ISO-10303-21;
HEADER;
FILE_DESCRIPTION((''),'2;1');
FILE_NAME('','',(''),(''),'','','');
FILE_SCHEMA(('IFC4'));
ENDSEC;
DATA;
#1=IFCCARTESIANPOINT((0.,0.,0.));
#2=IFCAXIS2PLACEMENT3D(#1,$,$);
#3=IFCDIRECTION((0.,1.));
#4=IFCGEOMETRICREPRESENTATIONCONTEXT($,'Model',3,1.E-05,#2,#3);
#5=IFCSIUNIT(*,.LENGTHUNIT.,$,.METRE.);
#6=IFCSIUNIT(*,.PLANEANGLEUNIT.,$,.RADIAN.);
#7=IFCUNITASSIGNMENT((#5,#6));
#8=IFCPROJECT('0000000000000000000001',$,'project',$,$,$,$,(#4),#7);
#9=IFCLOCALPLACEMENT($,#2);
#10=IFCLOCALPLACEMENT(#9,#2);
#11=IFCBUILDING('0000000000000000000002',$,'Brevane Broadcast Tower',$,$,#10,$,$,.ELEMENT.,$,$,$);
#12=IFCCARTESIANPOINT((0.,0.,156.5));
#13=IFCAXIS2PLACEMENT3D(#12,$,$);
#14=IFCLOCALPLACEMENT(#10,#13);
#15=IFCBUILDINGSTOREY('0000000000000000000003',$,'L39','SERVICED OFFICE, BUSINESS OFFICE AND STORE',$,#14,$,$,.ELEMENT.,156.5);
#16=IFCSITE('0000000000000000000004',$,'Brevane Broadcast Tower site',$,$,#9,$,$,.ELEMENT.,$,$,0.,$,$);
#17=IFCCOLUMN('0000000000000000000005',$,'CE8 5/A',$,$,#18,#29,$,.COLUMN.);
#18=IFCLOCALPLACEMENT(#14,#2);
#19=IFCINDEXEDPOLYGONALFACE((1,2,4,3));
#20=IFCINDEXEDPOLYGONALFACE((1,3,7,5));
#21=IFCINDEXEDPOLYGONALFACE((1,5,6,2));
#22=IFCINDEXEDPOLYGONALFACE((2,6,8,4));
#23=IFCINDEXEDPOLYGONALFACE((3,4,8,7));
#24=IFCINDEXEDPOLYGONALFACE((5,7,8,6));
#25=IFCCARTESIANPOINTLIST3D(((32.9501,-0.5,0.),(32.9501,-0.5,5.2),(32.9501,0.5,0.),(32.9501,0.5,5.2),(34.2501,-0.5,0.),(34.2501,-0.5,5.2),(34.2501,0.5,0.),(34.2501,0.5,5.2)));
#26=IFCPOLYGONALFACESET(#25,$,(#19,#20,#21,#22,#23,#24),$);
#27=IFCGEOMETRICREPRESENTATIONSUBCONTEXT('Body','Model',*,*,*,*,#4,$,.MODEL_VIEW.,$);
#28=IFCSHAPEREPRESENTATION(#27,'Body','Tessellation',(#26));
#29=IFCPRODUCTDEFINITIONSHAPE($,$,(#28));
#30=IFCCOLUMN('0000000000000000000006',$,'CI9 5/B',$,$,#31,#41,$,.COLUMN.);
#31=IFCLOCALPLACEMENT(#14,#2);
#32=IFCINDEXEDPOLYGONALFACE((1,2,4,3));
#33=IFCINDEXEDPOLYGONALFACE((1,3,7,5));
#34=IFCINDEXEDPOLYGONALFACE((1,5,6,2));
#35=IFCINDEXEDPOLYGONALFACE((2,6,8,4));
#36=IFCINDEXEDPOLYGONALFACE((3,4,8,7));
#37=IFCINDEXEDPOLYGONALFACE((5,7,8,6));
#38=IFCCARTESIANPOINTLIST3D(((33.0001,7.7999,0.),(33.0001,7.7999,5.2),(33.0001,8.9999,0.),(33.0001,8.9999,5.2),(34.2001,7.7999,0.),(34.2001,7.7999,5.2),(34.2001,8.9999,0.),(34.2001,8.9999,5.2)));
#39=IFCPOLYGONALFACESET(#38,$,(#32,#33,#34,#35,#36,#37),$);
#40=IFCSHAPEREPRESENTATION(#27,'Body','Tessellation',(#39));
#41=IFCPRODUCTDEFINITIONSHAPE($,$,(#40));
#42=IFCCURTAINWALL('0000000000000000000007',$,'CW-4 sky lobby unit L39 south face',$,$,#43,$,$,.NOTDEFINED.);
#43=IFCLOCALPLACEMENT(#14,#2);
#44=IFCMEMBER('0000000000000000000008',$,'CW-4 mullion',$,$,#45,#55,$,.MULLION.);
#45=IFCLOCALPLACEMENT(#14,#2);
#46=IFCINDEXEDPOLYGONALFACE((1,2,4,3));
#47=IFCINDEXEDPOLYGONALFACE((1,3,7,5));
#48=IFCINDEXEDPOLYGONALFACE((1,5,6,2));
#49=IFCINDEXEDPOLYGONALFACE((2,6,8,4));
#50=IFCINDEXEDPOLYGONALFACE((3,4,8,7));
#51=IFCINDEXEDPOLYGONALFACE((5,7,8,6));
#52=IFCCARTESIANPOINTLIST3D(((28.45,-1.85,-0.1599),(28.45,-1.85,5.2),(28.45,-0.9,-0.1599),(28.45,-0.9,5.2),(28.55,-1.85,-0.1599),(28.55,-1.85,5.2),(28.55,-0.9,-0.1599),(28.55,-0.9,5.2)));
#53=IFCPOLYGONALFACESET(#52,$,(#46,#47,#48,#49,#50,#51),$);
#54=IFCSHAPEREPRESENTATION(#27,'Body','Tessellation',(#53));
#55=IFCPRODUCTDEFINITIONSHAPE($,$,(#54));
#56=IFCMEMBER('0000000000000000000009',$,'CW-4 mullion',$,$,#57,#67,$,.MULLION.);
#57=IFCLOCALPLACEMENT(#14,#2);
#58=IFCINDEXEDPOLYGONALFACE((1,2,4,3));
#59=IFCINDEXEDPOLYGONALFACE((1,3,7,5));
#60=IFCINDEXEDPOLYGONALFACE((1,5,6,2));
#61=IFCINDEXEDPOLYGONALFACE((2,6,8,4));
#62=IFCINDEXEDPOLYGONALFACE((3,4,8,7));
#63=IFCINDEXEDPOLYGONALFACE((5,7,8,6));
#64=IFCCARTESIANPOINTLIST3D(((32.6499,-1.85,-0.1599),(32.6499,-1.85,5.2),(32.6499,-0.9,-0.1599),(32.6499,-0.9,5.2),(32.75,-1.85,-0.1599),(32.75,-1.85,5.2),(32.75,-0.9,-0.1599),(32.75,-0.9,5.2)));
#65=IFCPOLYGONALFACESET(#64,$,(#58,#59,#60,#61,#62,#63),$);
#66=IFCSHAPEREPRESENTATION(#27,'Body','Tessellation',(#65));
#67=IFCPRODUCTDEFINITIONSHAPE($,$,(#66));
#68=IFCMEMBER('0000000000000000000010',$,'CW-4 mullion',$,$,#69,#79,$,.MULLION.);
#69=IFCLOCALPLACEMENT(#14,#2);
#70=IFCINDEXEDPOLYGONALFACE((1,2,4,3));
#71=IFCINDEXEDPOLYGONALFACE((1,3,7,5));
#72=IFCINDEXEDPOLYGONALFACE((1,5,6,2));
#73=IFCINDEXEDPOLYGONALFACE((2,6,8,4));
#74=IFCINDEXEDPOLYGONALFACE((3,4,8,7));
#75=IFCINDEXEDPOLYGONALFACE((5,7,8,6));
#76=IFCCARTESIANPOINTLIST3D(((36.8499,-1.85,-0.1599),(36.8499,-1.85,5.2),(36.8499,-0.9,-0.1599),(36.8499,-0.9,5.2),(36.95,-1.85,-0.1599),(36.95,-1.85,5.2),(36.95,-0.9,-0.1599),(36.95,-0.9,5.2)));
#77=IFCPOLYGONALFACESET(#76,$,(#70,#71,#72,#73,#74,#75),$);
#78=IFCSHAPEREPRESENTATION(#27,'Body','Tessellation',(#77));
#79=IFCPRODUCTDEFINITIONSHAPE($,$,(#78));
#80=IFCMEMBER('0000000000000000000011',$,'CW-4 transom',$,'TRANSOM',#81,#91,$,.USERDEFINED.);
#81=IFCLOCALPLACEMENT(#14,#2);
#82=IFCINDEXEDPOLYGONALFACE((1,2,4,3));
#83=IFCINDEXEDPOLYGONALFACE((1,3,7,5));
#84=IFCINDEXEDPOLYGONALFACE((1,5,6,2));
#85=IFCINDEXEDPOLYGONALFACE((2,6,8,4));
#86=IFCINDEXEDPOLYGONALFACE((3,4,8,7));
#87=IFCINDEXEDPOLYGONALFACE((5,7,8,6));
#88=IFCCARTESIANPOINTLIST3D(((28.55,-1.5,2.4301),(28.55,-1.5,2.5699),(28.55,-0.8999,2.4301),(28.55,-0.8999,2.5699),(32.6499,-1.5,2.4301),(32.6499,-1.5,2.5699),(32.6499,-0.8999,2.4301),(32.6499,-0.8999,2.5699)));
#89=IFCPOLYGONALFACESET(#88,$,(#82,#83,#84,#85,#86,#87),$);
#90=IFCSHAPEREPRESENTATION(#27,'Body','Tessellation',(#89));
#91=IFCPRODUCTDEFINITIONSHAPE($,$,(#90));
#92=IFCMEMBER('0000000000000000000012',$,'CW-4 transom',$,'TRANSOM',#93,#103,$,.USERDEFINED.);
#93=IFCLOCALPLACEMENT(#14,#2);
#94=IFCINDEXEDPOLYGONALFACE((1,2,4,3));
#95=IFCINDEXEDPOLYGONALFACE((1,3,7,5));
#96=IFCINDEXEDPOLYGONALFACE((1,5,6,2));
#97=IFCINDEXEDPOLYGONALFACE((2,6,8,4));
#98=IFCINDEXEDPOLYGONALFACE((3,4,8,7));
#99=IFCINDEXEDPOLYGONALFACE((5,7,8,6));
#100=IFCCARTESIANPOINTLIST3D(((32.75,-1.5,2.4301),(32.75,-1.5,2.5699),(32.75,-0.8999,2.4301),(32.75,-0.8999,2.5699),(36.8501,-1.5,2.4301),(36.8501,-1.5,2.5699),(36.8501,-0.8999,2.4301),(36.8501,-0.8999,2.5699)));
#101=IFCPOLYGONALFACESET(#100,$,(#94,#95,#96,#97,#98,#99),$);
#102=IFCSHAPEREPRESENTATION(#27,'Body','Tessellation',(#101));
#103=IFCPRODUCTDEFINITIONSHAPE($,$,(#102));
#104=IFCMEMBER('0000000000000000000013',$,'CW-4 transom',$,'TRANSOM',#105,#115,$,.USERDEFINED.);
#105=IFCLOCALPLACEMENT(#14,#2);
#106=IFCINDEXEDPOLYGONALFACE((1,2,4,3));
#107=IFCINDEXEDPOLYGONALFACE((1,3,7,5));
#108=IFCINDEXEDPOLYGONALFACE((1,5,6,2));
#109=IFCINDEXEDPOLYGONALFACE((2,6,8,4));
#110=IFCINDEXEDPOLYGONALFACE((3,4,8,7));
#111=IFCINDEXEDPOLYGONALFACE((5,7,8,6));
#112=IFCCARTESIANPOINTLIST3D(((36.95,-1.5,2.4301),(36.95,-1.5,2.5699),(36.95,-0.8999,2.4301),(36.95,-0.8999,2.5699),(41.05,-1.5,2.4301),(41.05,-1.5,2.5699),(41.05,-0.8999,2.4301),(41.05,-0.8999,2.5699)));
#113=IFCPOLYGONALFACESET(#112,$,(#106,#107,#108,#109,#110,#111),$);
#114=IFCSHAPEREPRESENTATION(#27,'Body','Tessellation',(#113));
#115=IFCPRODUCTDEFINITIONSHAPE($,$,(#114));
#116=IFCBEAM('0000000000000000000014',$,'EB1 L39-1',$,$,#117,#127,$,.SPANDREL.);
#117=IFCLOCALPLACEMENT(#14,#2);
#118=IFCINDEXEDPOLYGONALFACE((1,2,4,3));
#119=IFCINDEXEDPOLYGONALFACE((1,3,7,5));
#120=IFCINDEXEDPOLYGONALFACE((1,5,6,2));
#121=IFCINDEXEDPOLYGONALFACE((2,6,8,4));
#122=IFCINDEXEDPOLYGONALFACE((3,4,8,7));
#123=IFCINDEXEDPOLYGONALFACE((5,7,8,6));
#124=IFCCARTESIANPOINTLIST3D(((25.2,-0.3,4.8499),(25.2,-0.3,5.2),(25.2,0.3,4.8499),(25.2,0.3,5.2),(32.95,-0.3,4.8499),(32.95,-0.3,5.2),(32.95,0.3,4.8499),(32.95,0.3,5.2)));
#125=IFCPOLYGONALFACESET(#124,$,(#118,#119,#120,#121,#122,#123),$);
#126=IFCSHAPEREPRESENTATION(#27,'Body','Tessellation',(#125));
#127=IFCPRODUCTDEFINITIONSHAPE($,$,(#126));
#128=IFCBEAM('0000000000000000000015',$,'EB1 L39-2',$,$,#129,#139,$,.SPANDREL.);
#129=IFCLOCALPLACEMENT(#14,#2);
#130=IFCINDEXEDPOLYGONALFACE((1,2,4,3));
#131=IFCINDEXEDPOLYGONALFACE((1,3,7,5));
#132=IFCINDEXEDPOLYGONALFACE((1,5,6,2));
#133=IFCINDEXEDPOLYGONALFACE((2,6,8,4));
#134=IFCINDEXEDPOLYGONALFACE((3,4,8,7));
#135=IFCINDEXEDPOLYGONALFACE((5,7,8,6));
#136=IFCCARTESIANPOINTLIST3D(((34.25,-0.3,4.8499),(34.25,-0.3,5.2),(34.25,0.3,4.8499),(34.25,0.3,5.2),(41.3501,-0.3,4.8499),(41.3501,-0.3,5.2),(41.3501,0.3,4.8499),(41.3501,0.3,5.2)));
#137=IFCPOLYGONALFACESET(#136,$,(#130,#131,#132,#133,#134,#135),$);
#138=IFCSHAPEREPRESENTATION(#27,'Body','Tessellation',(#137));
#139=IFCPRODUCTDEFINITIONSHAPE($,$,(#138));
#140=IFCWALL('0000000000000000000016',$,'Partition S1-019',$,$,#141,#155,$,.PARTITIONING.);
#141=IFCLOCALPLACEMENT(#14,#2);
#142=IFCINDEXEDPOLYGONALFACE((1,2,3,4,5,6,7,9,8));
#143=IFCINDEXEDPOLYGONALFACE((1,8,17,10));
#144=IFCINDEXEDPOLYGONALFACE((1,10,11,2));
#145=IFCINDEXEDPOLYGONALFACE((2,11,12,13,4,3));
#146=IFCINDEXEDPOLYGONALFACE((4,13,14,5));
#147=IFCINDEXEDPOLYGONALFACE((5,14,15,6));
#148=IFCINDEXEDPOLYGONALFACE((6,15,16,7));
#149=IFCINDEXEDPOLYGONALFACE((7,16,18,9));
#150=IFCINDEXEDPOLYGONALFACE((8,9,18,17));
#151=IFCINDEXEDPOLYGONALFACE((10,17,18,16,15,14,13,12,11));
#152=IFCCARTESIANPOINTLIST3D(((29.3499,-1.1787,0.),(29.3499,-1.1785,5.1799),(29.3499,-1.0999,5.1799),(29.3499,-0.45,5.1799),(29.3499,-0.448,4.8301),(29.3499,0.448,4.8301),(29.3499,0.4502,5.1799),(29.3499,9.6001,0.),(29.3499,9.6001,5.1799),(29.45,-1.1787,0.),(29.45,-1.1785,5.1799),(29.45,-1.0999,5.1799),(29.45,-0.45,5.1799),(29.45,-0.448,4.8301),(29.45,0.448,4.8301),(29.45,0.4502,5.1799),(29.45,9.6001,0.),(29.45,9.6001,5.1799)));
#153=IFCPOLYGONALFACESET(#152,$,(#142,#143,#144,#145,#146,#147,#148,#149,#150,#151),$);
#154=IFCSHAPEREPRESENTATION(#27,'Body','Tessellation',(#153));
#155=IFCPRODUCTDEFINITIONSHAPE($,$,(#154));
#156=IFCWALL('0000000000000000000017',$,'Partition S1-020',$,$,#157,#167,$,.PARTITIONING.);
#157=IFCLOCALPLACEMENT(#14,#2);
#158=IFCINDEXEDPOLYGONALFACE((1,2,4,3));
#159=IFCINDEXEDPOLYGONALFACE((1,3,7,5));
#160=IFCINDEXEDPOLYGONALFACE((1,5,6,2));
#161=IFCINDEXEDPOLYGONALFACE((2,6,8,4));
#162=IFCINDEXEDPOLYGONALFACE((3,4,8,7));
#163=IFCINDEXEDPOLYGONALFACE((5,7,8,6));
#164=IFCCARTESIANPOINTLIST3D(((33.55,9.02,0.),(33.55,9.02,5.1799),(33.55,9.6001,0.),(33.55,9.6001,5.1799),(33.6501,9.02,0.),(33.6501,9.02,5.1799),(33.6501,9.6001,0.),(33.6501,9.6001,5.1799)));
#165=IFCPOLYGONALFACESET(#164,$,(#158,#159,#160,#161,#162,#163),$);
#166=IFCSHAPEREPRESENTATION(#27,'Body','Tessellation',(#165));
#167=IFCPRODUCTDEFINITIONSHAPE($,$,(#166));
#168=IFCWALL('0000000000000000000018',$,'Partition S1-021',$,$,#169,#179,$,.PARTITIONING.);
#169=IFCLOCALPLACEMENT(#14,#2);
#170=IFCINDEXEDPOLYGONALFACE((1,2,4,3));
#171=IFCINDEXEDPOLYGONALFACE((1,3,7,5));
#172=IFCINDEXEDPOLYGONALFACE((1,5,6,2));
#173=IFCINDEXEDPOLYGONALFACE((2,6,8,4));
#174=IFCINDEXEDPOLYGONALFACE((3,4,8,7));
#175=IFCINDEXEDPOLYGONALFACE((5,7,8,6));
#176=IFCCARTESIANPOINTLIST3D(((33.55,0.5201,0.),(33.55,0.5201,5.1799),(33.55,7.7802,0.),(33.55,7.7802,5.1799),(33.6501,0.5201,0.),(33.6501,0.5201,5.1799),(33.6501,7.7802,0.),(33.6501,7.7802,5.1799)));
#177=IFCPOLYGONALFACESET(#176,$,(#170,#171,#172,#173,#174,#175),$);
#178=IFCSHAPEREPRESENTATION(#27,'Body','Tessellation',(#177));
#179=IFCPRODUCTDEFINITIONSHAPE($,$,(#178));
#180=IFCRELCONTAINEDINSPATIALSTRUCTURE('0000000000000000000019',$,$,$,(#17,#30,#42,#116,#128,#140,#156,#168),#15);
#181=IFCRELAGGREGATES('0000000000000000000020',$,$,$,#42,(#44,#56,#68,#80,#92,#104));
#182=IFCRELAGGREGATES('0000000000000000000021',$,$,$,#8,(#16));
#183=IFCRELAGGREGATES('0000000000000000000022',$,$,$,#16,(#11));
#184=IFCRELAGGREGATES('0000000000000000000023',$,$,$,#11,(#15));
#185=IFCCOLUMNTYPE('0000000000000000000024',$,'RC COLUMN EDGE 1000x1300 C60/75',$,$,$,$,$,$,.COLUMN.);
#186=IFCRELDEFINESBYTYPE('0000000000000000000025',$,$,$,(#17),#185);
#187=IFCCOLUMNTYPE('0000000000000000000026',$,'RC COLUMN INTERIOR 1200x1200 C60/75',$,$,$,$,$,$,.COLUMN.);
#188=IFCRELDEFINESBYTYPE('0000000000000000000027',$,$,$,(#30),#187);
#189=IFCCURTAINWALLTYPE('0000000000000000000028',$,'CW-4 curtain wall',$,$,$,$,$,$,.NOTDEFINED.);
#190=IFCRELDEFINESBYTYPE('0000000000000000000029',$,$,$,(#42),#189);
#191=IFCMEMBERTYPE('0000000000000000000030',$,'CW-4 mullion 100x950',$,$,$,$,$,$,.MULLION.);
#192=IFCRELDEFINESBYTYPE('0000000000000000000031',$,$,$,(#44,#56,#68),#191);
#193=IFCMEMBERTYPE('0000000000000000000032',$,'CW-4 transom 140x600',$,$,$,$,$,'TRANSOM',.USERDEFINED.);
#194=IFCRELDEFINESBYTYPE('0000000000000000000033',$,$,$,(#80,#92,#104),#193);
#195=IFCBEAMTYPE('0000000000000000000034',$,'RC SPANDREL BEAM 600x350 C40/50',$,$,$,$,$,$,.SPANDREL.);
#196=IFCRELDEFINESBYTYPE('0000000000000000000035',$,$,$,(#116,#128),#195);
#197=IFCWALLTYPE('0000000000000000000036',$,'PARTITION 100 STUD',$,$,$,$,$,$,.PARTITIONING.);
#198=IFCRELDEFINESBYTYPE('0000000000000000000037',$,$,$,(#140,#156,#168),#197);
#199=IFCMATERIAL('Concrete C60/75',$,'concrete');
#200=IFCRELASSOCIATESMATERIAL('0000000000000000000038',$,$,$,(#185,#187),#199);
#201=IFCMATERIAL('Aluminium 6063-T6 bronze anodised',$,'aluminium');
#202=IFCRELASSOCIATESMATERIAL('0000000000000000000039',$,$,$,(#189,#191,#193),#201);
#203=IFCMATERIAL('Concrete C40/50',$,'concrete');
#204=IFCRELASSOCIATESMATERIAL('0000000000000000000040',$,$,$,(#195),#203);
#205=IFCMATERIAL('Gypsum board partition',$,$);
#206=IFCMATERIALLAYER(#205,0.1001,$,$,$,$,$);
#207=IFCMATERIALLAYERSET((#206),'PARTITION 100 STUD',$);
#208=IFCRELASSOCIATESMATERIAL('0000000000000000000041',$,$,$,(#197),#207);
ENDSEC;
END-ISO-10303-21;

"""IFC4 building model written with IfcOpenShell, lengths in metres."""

from ifc_helpers import new_model, si_unit, direction, frame, frame_2d, origin, origin_2d, place, context, subcontext, project, spatial, polyline, rectangle, outline, extrude, material, layer, layer_set, material_profile, profile_set, type_object, element, aggregate, save


model = new_model("IFC4")

# Units and contexts
model_context = context("Model", 3, precision=1e-05, world=origin(), true_north=direction((0.0, 1.0)))
body_context = subcontext(model_context, "Body", "Model", "MODEL_VIEW")
ifc_project = project(units=[si_unit("LENGTHUNIT", "METRE"), si_unit("PLANEANGLEUNIT", "RADIAN")], contexts=[model_context])

# Site, building, storey
site_placement = place(None, origin())
site = spatial("IfcSite", under=ifc_project, at=site_placement, Name="Brevane Broadcast Tower site", CompositionType="ELEMENT", RefElevation=0.0)
building_placement = place(site_placement, origin())
building = spatial("IfcBuilding", under=site, at=building_placement, Name="Brevane Broadcast Tower", CompositionType="ELEMENT")
storey_placement = place(building_placement, frame((0.0, 0.0, 156.5)))
storey = spatial("IfcBuildingStorey", under=building, at=storey_placement, Name="L39", Description="SERVICED OFFICE, BUSINESS OFFICE AND STORE", CompositionType="ELEMENT", Elevation=156.5)

# Columns
ifc_material_1 = material(Name="Concrete C60/75", Category="concrete")
ifc_material_profile_1 = material_profile(ifc_material_1, rectangle(XDim=1.0, YDim=1.3, at=origin_2d()), Name="RC 1000x1300")
ifc_profile_set_1 = profile_set([ifc_material_profile_1], Name="Concrete C60/75")
column_type_1 = type_object("IfcColumnType", Name="RC COLUMN EDGE 1000x1300 C60/75", PredefinedType="COLUMN", material=ifc_profile_set_1)
column_1_placement = place(storey_placement, frame((33.6001, 0.0, 0.0), z_axis=(0.0, 0.0, 1.0), x_axis=(0.0, 1.0, 0.0)))
element("IfcColumn", 1, at=column_1_placement, inside=storey, type_object=column_type_1, Name="CE8 5/A", PredefinedType="COLUMN", context=body_context, shape_type="SweptSolid", body=[
    extrude(rectangle(XDim=1.0, YDim=1.3, at=origin_2d()), origin(), (0.0, 0.0, 1.0), 5.2),
])
ifc_material_profile_2 = material_profile(ifc_material_1, rectangle(XDim=1.2, YDim=1.2, at=origin_2d()), Name="RC 1200x1200")
ifc_profile_set_2 = profile_set([ifc_material_profile_2], Name="Concrete C60/75")
column_type_2 = type_object("IfcColumnType", Name="RC COLUMN INTERIOR 1200x1200 C60/75", PredefinedType="COLUMN", material=ifc_profile_set_2)
column_2_placement = place(storey_placement, frame((33.6001, 8.3999, 0.0), z_axis=(0.0, 0.0, 1.0), x_axis=(1.0, 0.0, 0.0)))
element("IfcColumn", 2, at=column_2_placement, inside=storey, type_object=column_type_2, Name="CI9 5/B", PredefinedType="COLUMN", context=body_context, shape_type="SweptSolid", body=[
    extrude(rectangle(XDim=1.2, YDim=1.2, at=origin_2d()), origin(), (0.0, 0.0, 1.0), 5.2),
])

# Curtain wall, members
ifc_material_2 = material(Name="Aluminium 6063-T6 bronze anodised", Category="aluminium")
curtain_wall_type = type_object("IfcCurtainWallType", Name="CW-4 curtain wall", PredefinedType="NOTDEFINED", material=ifc_material_2)
curtain_wall_placement = place(storey_placement, origin())
curtain_wall = element("IfcCurtainWall", 3, at=curtain_wall_placement, inside=storey, type_object=curtain_wall_type, Name="CW-4 sky lobby unit L39 south face", PredefinedType="NOTDEFINED")
ifc_material_profile_3 = material_profile(ifc_material_2, rectangle(XDim=0.95, YDim=0.1001, at=origin_2d()), Name="RECT 100x950")
ifc_profile_set_3 = profile_set([ifc_material_profile_3], Name="Aluminium 6063-T6 bronze anodised")
member_type_1 = type_object("IfcMemberType", Name="CW-4 mullion 100x950", PredefinedType="MULLION", material=ifc_profile_set_3)
member_1_placement = place(storey_placement, frame((28.5, -1.375, -0.1599), z_axis=(0.0, 0.0, 1.0), x_axis=(0.0, 1.0, 0.0)))
member_1 = element("IfcMember", 4, at=member_1_placement, type_object=member_type_1, Name="CW-4 mullion", PredefinedType="MULLION", context=body_context, shape_type="SweptSolid", body=[
    extrude(rectangle(XDim=0.95, YDim=0.1001, at=origin_2d()), origin(), (0.0, 0.0, 1.0), 5.3599),
])
member_2_placement = place(storey_placement, frame((32.7, -1.375, -0.1599), z_axis=(0.0, 0.0, 1.0), x_axis=(0.0, 1.0, 0.0)))
member_2 = element("IfcMember", 5, at=member_2_placement, type_object=member_type_1, Name="CW-4 mullion", PredefinedType="MULLION", context=body_context, shape_type="SweptSolid", body=[
    extrude(rectangle(XDim=0.95, YDim=0.1001, at=origin_2d()), origin(), (0.0, 0.0, 1.0), 5.3599),
])
member_3_placement = place(storey_placement, frame((36.8999, -1.375, -0.1599), z_axis=(0.0, 0.0, 1.0), x_axis=(0.0, 1.0, 0.0)))
member_3 = element("IfcMember", 6, at=member_3_placement, type_object=member_type_1, Name="CW-4 mullion", PredefinedType="MULLION", context=body_context, shape_type="SweptSolid", body=[
    extrude(rectangle(XDim=0.95, YDim=0.1001, at=origin_2d()), origin(), (0.0, 0.0, 1.0), 5.3599),
])
ifc_material_profile_4 = material_profile(ifc_material_2, rectangle(XDim=0.6001, YDim=0.1399, at=origin_2d()), Name="RECT 140x600")
ifc_profile_set_4 = profile_set([ifc_material_profile_4], Name="Aluminium 6063-T6 bronze anodised")
member_type_2 = type_object("IfcMemberType", Name="CW-4 transom 140x600", ElementType="TRANSOM", PredefinedType="USERDEFINED", material=ifc_profile_set_4)
member_4_placement = place(storey_placement, frame((28.55, -1.2, 2.5), z_axis=(1.0, 0.0, 0.0), x_axis=(0.0, 1.0, 0.0)))
member_4 = element("IfcMember", 7, at=member_4_placement, type_object=member_type_2, Name="CW-4 transom", ObjectType="TRANSOM", PredefinedType="USERDEFINED", context=body_context, shape_type="SweptSolid", body=[
    extrude(rectangle(XDim=0.6001, YDim=0.1399, at=origin_2d()), origin(), (0.0, 0.0, 1.0), 4.0999),
])
member_5_placement = place(storey_placement, frame((32.75, -1.2, 2.5), z_axis=(1.0, 0.0, 0.0), x_axis=(0.0, 1.0, 0.0)))
member_5 = element("IfcMember", 8, at=member_5_placement, type_object=member_type_2, Name="CW-4 transom", ObjectType="TRANSOM", PredefinedType="USERDEFINED", context=body_context, shape_type="SweptSolid", body=[
    extrude(rectangle(XDim=0.6001, YDim=0.1399, at=origin_2d()), origin(), (0.0, 0.0, 1.0), 4.1001),
])
member_6_placement = place(storey_placement, frame((36.95, -1.2, 2.5), z_axis=(1.0, 0.0, 0.0), x_axis=(0.0, 1.0, 0.0)))
member_6 = element("IfcMember", 9, at=member_6_placement, type_object=member_type_2, Name="CW-4 transom", ObjectType="TRANSOM", PredefinedType="USERDEFINED", context=body_context, shape_type="SweptSolid", body=[
    extrude(rectangle(XDim=0.6001, YDim=0.1399, at=origin_2d()), origin(), (0.0, 0.0, 1.0), 4.1001),
])
aggregate(curtain_wall, [member_1, member_2, member_3, member_4, member_5, member_6])

# Beams
ifc_material_3 = material(Name="Concrete C40/50", Category="concrete")
ifc_material_profile_5 = material_profile(ifc_material_3, rectangle(XDim=0.6001, YDim=0.3501, at=origin_2d()), Name="RC 600x350")
ifc_profile_set_5 = profile_set([ifc_material_profile_5], Name="Concrete C40/50")
beam_type = type_object("IfcBeamType", Name="RC SPANDREL BEAM 600x350 C40/50", PredefinedType="SPANDREL", material=ifc_profile_set_5)
beam_1_placement = place(storey_placement, frame((25.2, 0.0, 5.0249), z_axis=(1.0, 0.0, 0.0), x_axis=(0.0, 1.0, 0.0)))
element("IfcBeam", 10, at=beam_1_placement, inside=storey, type_object=beam_type, Name="EB1 L39-1", PredefinedType="SPANDREL", context=body_context, shape_type="SweptSolid", body=[
    extrude(rectangle(XDim=0.6001, YDim=0.3501, at=origin_2d()), origin(), (0.0, 0.0, 1.0), 7.75),
])
beam_2_placement = place(storey_placement, frame((34.25, 0.0, 5.0249), z_axis=(1.0, 0.0, 0.0), x_axis=(0.0, 1.0, 0.0)))
element("IfcBeam", 11, at=beam_2_placement, inside=storey, type_object=beam_type, Name="EB1 L39-2", PredefinedType="SPANDREL", context=body_context, shape_type="SweptSolid", body=[
    extrude(rectangle(XDim=0.6001, YDim=0.3501, at=origin_2d()), origin(), (0.0, 0.0, 1.0), 7.1001),
])

# Walls
ifc_material_4 = material(Name="Gypsum board partition")
ifc_layer_1 = layer(ifc_material_4, 0.1001)
ifc_layer_set_1 = layer_set([ifc_layer_1], Name="PARTITION 100 STUD")
wall_type_1 = type_object("IfcWallType", Name="PARTITION 100 STUD", PredefinedType="PARTITIONING", material=ifc_layer_set_1)
wall_1_placement = place(storey_placement, frame((29.3999, 9.6001, 0.0), z_axis=(0.0, 0.0, 1.0), x_axis=(0.0, -1.0, 0.0)))
element("IfcWall", 12, at=wall_1_placement, inside=storey, type_object=wall_type_1, Name="Partition S1-019", PredefinedType="PARTITIONING", context=body_context, shape_type="SweptSolid", body=[
    extrude(outline(polyline([(0.0, 0.0), (10.7788, 0.0), (10.7786, 5.1799), (10.7, 5.1799), (10.05, 5.1799), (10.0481, 4.8301), (9.1521, 4.8301), (9.1499, 5.1799), (0.0, 5.1799), (0.0, 0.0)])), frame((0.0, 0.05, 0.0), z_axis=(0.0, -1.0, 0.0), x_axis=(1.0, 0.0, 0.0)), (0.0, 0.0, 1.0), 0.1001),
])
wall_2_placement = place(storey_placement, frame((33.6001, 9.6001, 0.0), z_axis=(0.0, 0.0, 1.0), x_axis=(0.0, -1.0, 0.0)))
element("IfcWall", 13, at=wall_2_placement, inside=storey, type_object=wall_type_1, Name="Partition S1-020", PredefinedType="PARTITIONING", context=body_context, shape_type="SweptSolid", body=[
    extrude(rectangle(XDim=0.5801, YDim=0.1001, at=frame_2d((0.29, 0.0))), origin(), (0.0, 0.0, 1.0), 5.1799),
])
wall_3_placement = place(storey_placement, frame((33.6001, 7.78, 0.0), z_axis=(0.0, 0.0, 1.0), x_axis=(0.0, -1.0, 0.0)))
element("IfcWall", 14, at=wall_3_placement, inside=storey, type_object=wall_type_1, Name="Partition S1-021", PredefinedType="PARTITIONING", context=body_context, shape_type="SweptSolid", body=[
    extrude(rectangle(XDim=7.26, YDim=0.1001, at=frame_2d((3.6299, 0.0))), origin(), (0.0, 0.0, 1.0), 5.1799),
])

save(model, "model.ifc")
